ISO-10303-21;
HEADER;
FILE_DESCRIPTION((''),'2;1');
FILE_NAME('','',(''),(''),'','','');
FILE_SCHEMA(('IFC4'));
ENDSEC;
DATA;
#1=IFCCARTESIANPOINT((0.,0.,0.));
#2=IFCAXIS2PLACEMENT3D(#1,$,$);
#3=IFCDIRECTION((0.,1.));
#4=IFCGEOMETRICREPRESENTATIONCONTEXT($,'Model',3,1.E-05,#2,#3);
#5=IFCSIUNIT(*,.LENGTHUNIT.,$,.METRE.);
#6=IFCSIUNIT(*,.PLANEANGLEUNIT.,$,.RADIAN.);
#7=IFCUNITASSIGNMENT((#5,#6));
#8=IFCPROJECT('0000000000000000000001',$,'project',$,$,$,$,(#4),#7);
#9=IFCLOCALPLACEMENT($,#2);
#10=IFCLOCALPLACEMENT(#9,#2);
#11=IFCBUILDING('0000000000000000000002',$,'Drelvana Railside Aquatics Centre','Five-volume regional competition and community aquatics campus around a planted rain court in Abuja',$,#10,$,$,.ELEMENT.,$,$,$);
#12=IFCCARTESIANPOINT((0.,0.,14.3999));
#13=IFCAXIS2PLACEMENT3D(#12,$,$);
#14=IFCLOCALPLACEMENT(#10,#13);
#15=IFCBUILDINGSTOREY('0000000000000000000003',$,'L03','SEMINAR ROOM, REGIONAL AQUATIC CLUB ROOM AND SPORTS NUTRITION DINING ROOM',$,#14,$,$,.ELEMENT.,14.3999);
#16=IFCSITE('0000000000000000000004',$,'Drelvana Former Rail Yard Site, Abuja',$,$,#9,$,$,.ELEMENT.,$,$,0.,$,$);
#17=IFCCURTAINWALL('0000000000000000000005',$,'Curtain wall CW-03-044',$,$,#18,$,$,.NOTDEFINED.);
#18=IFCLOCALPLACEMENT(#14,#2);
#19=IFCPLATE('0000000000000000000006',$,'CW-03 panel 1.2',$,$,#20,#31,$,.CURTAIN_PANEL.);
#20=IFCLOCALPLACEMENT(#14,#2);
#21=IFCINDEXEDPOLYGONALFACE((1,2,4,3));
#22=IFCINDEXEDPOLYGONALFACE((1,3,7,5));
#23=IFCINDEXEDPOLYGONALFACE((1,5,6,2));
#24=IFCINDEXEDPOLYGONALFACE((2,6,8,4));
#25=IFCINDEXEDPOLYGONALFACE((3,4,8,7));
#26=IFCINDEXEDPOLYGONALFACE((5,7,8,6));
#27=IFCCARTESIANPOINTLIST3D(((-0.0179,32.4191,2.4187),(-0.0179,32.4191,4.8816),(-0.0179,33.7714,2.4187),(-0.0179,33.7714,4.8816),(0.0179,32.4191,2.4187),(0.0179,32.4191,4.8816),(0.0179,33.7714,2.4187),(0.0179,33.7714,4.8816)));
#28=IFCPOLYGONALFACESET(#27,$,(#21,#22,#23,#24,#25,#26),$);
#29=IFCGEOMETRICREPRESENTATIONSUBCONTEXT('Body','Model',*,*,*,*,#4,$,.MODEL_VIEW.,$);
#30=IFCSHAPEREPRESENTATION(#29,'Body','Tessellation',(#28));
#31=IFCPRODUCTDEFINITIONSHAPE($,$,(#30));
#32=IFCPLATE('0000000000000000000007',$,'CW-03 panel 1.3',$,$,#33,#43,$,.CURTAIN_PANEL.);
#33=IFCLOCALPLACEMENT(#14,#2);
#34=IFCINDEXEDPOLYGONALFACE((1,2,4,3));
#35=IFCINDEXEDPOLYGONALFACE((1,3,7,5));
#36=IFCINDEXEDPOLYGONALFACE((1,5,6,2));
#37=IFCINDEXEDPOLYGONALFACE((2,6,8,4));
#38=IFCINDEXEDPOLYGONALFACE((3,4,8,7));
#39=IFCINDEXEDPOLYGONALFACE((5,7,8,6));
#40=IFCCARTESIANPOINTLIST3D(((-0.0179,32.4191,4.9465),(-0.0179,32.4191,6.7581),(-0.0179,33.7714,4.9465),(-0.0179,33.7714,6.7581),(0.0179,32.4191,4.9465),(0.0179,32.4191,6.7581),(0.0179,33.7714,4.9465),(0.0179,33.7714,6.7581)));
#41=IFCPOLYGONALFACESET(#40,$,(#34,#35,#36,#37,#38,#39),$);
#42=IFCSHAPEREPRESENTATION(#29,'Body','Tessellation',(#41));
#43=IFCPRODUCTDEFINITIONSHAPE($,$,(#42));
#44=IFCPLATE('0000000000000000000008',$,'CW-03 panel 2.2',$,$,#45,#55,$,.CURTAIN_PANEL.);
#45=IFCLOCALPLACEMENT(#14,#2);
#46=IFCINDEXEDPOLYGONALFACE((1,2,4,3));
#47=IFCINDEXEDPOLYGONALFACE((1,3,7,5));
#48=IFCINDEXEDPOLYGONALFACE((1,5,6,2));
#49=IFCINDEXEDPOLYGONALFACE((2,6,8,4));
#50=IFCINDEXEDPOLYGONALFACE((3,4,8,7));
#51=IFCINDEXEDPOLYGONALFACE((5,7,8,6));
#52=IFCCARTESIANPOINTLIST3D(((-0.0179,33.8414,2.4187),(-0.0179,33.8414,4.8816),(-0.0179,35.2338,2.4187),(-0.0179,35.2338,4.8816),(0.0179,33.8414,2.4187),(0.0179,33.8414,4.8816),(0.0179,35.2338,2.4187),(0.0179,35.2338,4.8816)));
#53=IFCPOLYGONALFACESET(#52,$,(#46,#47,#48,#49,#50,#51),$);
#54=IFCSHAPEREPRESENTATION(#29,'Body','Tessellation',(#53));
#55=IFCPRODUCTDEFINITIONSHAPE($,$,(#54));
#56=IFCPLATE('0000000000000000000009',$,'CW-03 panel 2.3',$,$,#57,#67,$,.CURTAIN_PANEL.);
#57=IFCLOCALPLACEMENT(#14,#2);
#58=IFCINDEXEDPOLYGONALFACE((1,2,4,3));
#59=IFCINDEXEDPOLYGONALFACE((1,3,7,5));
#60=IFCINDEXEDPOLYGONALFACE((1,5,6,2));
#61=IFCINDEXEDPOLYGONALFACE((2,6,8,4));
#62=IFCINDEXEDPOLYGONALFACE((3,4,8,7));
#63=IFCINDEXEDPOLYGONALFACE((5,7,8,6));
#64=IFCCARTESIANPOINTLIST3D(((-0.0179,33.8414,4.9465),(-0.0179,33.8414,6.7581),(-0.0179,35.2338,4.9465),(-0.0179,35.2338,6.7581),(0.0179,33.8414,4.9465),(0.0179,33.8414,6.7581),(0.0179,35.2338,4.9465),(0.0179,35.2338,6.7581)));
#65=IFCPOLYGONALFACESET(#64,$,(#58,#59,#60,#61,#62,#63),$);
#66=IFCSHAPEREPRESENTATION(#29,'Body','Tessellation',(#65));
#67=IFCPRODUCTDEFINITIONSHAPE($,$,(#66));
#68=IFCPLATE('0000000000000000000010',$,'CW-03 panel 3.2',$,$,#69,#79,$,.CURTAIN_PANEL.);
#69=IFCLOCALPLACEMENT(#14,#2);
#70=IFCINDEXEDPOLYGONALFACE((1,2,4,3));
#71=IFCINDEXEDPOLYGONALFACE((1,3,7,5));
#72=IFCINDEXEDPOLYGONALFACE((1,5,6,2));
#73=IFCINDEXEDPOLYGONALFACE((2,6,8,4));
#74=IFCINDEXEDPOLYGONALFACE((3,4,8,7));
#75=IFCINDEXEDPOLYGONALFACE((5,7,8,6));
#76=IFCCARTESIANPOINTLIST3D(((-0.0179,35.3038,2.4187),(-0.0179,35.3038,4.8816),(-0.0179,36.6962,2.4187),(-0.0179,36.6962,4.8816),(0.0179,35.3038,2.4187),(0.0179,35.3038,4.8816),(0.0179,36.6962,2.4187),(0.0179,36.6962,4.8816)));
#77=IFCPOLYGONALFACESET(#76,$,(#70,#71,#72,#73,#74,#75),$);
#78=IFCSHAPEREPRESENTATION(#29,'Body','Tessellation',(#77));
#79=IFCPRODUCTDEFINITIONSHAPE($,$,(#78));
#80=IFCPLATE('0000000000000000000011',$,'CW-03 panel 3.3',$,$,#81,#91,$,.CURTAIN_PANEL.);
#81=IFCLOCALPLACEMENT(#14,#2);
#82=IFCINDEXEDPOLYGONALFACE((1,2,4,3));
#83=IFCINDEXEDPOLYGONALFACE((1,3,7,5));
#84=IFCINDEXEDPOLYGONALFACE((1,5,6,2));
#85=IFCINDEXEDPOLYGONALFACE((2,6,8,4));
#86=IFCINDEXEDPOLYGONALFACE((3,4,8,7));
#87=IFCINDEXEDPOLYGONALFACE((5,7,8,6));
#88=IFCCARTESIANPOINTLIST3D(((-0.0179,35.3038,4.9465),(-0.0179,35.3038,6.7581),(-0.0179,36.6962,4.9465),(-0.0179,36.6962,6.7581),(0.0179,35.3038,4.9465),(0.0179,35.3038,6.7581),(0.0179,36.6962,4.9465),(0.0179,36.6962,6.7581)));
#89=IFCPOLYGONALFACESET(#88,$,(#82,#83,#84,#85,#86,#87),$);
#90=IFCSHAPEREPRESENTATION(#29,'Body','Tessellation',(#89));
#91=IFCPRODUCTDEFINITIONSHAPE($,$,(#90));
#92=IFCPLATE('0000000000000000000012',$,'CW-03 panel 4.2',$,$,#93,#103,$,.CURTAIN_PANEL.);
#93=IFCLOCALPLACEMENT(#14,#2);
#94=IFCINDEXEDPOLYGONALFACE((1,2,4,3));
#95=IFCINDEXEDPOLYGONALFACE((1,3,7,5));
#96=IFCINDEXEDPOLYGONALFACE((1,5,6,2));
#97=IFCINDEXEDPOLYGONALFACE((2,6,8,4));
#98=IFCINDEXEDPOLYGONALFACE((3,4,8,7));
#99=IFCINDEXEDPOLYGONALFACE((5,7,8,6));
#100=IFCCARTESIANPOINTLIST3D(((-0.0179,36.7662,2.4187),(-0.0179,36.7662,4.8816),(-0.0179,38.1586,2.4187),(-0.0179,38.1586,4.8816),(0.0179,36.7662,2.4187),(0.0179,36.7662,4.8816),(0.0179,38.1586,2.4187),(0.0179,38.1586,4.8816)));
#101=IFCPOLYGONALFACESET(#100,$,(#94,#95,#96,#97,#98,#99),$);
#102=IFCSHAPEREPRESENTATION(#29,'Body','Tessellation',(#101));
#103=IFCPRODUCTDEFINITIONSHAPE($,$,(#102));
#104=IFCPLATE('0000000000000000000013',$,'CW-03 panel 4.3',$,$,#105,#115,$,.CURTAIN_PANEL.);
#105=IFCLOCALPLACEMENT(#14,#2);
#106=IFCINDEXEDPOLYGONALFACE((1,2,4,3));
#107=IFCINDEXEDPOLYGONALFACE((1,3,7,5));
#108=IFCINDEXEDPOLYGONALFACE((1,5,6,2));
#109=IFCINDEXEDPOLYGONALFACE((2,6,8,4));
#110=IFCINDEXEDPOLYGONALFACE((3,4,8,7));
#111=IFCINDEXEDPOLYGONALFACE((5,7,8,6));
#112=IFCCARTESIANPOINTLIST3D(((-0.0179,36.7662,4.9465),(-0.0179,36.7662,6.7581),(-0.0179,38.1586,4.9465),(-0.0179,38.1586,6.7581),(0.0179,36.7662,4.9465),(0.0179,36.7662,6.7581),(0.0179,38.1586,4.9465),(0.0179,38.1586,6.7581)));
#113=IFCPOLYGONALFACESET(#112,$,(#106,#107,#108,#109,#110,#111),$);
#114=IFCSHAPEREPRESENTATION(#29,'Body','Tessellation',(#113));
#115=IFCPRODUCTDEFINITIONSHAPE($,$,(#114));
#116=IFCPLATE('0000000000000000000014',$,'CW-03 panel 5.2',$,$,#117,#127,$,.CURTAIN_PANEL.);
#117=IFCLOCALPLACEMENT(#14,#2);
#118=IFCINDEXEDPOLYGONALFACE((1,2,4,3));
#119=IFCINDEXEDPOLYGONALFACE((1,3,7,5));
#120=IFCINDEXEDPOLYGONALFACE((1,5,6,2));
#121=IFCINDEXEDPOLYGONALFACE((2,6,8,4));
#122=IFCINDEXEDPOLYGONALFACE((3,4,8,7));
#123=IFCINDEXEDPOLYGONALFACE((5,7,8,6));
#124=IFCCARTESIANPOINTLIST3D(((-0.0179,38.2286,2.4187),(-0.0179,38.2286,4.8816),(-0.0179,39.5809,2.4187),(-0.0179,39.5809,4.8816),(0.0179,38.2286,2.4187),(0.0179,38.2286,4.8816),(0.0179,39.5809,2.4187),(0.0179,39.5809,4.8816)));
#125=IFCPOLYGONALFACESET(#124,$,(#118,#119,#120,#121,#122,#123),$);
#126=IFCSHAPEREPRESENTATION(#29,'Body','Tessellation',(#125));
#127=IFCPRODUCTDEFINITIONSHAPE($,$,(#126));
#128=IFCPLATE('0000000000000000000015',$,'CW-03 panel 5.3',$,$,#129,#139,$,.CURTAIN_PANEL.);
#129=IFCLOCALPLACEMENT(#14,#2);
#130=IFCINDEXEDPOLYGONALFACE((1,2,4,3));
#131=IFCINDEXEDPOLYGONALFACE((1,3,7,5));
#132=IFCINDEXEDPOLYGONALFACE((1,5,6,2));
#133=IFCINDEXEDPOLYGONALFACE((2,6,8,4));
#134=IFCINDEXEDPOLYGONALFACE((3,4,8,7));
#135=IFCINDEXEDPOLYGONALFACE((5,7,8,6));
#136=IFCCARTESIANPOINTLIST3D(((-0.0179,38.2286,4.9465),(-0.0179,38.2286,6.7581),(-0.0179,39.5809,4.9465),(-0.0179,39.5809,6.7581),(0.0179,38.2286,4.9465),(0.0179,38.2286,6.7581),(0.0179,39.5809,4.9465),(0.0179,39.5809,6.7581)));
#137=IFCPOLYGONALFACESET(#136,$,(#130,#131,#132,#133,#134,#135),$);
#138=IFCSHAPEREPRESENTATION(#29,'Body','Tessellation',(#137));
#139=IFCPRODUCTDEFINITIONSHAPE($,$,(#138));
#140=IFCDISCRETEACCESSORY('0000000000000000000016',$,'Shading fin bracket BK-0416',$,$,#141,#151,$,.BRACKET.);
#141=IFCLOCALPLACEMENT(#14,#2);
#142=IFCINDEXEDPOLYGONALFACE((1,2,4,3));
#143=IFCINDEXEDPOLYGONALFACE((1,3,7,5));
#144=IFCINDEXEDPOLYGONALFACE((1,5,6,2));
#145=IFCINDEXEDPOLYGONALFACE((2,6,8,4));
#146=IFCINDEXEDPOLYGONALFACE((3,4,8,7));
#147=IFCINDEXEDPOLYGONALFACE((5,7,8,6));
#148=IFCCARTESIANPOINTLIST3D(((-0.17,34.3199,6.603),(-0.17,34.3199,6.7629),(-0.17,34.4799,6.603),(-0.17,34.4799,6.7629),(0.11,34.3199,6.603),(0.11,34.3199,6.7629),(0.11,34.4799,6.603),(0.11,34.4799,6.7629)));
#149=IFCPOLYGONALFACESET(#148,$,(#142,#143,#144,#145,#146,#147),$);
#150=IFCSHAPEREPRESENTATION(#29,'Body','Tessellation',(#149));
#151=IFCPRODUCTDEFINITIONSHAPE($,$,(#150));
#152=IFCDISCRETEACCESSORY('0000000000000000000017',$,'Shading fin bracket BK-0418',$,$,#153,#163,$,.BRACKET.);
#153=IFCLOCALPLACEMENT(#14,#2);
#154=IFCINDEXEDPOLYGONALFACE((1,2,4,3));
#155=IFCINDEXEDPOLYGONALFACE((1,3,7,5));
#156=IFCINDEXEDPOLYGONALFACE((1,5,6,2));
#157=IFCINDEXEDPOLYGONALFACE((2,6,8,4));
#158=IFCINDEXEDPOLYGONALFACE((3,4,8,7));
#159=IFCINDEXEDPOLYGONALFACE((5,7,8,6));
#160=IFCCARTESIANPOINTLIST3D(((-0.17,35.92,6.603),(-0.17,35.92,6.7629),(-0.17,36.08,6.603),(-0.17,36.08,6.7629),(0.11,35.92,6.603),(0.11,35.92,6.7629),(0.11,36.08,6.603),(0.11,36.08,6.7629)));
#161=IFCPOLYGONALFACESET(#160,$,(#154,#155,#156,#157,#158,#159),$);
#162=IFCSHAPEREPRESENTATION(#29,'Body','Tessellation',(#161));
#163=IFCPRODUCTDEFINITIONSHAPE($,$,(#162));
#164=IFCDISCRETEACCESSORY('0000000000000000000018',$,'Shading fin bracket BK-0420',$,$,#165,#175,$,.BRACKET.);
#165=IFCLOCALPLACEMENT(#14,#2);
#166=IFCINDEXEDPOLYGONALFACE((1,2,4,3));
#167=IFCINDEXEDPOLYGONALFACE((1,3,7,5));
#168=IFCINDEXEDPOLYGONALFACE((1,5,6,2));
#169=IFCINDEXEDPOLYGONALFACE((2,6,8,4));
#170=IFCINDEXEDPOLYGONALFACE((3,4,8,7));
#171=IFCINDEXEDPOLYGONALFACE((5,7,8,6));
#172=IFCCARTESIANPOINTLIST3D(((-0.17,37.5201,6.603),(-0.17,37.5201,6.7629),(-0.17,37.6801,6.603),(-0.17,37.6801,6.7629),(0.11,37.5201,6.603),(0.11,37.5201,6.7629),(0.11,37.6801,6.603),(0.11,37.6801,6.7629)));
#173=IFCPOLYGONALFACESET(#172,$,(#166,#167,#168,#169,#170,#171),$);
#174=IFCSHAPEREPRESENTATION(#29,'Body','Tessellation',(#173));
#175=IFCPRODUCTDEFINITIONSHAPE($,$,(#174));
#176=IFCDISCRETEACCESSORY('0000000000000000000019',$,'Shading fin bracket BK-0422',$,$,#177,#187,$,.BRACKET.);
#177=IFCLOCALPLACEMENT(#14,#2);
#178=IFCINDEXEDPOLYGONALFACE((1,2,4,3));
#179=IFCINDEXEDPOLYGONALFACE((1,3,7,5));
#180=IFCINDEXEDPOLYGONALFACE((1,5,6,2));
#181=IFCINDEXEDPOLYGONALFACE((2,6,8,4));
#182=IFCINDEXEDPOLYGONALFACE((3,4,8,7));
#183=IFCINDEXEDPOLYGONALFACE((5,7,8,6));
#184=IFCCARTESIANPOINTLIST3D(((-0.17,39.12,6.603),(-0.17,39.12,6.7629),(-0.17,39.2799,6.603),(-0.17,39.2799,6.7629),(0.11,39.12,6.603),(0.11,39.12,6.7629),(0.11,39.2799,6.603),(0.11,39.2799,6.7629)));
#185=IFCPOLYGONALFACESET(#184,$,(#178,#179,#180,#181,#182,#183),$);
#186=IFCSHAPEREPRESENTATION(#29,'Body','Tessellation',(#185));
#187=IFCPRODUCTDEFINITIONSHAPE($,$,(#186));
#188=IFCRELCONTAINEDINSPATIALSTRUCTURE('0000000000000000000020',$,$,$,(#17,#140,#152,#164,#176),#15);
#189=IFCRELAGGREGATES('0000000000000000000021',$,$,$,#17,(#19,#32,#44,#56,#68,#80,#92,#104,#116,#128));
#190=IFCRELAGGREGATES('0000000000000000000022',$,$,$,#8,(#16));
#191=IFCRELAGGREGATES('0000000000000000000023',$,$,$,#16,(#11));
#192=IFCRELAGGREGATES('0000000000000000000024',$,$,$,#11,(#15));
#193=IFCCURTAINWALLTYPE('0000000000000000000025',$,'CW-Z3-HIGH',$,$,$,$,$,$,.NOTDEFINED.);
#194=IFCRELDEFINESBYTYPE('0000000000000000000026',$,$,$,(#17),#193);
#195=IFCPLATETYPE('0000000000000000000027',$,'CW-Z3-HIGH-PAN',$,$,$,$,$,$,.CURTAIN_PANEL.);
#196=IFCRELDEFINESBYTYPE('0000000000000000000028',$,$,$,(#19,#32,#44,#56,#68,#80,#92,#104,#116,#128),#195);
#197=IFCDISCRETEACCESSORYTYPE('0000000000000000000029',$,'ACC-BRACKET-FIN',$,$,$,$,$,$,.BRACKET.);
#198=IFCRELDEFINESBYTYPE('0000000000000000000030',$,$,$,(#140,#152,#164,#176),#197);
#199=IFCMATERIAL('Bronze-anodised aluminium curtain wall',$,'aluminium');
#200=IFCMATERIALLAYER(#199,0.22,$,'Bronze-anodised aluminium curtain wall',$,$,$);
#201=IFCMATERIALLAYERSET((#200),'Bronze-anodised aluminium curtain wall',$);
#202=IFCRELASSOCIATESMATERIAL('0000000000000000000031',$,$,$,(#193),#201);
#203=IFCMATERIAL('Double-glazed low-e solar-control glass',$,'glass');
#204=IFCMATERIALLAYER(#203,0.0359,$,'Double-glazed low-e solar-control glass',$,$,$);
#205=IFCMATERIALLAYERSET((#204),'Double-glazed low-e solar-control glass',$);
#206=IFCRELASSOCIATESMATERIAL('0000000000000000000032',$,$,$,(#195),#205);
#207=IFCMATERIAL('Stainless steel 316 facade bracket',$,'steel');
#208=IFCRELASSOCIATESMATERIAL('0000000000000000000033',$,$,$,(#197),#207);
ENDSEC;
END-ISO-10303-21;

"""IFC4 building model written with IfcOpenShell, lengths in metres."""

from ifc_helpers import new_model, si_unit, direction, frame, origin, origin_2d, place, context, subcontext, project, spatial, rectangle, extrude, material, layer, layer_set, type_object, element, aggregate, save


model = new_model("IFC4")

# Units and contexts
model_context = context("Model", 3, precision=1e-05, world=origin(), true_north=direction((0.0, 1.0)))
body_context = subcontext(model_context, "Body", "Model", "MODEL_VIEW")
ifc_project = project(units=[si_unit("LENGTHUNIT", "METRE"), si_unit("PLANEANGLEUNIT", "RADIAN")], contexts=[model_context])

# Site, building, storey
site_placement = place(None, origin())
site = spatial("IfcSite", under=ifc_project, at=site_placement, Name="Drelvana Former Rail Yard Site, Abuja", CompositionType="ELEMENT", RefElevation=0.0)
building_placement = place(site_placement, origin())
building = spatial("IfcBuilding", under=site, at=building_placement, Name="Drelvana Railside Aquatics Centre", Description="Five-volume regional competition and community aquatics campus around a planted rain court in Abuja", CompositionType="ELEMENT")
storey_placement = place(building_placement, frame((0.0, 0.0, 14.3999)))
storey = spatial("IfcBuildingStorey", under=building, at=storey_placement, Name="L03", Description="SEMINAR ROOM, REGIONAL AQUATIC CLUB ROOM AND SPORTS NUTRITION DINING ROOM", CompositionType="ELEMENT", Elevation=14.3999)

# Curtain wall
ifc_material_1 = material(Name="Bronze-anodised aluminium curtain wall", Category="aluminium")
ifc_layer_1 = layer(ifc_material_1, 0.22, Name="Bronze-anodised aluminium curtain wall")
ifc_layer_set_1 = layer_set([ifc_layer_1], Name="Bronze-anodised aluminium curtain wall")
curtain_wall_type = type_object("IfcCurtainWallType", Name="CW-Z3-HIGH", PredefinedType="NOTDEFINED", material=ifc_layer_set_1)
curtain_wall_1_placement = place(storey_placement, origin())
curtain_wall_1 = element("IfcCurtainWall", 1, at=curtain_wall_1_placement, inside=storey, type_object=curtain_wall_type, Name="Curtain wall CW-03-044", PredefinedType="NOTDEFINED")

# Plates
ifc_material_2 = material(Name="Double-glazed low-e solar-control glass", Category="glass")
ifc_layer_2 = layer(ifc_material_2, 0.0359, Name="Double-glazed low-e solar-control glass")
ifc_layer_set_2 = layer_set([ifc_layer_2], Name="Double-glazed low-e solar-control glass")
plate_type = type_object("IfcPlateType", Name="CW-Z3-HIGH-PAN", PredefinedType="CURTAIN_PANEL", material=ifc_layer_set_2)
plate_1_placement = place(storey_placement, frame((0.0, 33.0952, 2.4187), z_axis=(0.0, 0.0, 1.0), x_axis=(0.0, 1.0, 0.0)))
plate_1 = element("IfcPlate", 2, at=plate_1_placement, type_object=plate_type, Name="CW-03 panel 1.2", PredefinedType="CURTAIN_PANEL", context=body_context, shape_type="SweptSolid", body=[
    extrude(rectangle(XDim=1.3523, YDim=0.0359, at=origin_2d()), origin(), (0.0, 0.0, 1.0), 2.4629),
])
plate_2_placement = place(storey_placement, frame((0.0, 33.0952, 4.9465), z_axis=(0.0, 0.0, 1.0), x_axis=(0.0, 1.0, 0.0)))
plate_2 = element("IfcPlate", 3, at=plate_2_placement, type_object=plate_type, Name="CW-03 panel 1.3", PredefinedType="CURTAIN_PANEL", context=body_context, shape_type="SweptSolid", body=[
    extrude(rectangle(XDim=1.3523, YDim=0.0359, at=origin_2d()), origin(), (0.0, 0.0, 1.0), 1.8115),
])
plate_3_placement = place(storey_placement, frame((0.0, 34.5376, 2.4187), z_axis=(0.0, 0.0, 1.0), x_axis=(0.0, 1.0, 0.0)))
plate_3 = element("IfcPlate", 4, at=plate_3_placement, type_object=plate_type, Name="CW-03 panel 2.2", PredefinedType="CURTAIN_PANEL", context=body_context, shape_type="SweptSolid", body=[
    extrude(rectangle(XDim=1.3923, YDim=0.0359, at=origin_2d()), origin(), (0.0, 0.0, 1.0), 2.4629),
])
plate_4_placement = place(storey_placement, frame((0.0, 34.5376, 4.9465), z_axis=(0.0, 0.0, 1.0), x_axis=(0.0, 1.0, 0.0)))
plate_4 = element("IfcPlate", 5, at=plate_4_placement, type_object=plate_type, Name="CW-03 panel 2.3", PredefinedType="CURTAIN_PANEL", context=body_context, shape_type="SweptSolid", body=[
    extrude(rectangle(XDim=1.3923, YDim=0.0359, at=origin_2d()), origin(), (0.0, 0.0, 1.0), 1.8115),
])
plate_5_placement = place(storey_placement, frame((0.0, 36.0, 2.4187), z_axis=(0.0, 0.0, 1.0), x_axis=(0.0, 1.0, 0.0)))
plate_5 = element("IfcPlate", 6, at=plate_5_placement, type_object=plate_type, Name="CW-03 panel 3.2", PredefinedType="CURTAIN_PANEL", context=body_context, shape_type="SweptSolid", body=[
    extrude(rectangle(XDim=1.3923, YDim=0.0359, at=origin_2d()), origin(), (0.0, 0.0, 1.0), 2.4629),
])
plate_6_placement = place(storey_placement, frame((0.0, 36.0, 4.9465), z_axis=(0.0, 0.0, 1.0), x_axis=(0.0, 1.0, 0.0)))
plate_6 = element("IfcPlate", 7, at=plate_6_placement, type_object=plate_type, Name="CW-03 panel 3.3", PredefinedType="CURTAIN_PANEL", context=body_context, shape_type="SweptSolid", body=[
    extrude(rectangle(XDim=1.3923, YDim=0.0359, at=origin_2d()), origin(), (0.0, 0.0, 1.0), 1.8115),
])
plate_7_placement = place(storey_placement, frame((0.0, 37.4624, 2.4187), z_axis=(0.0, 0.0, 1.0), x_axis=(0.0, 1.0, 0.0)))
plate_7 = element("IfcPlate", 8, at=plate_7_placement, type_object=plate_type, Name="CW-03 panel 4.2", PredefinedType="CURTAIN_PANEL", context=body_context, shape_type="SweptSolid", body=[
    extrude(rectangle(XDim=1.3923, YDim=0.0359, at=origin_2d()), origin(), (0.0, 0.0, 1.0), 2.4629),
])
plate_8_placement = place(storey_placement, frame((0.0, 37.4624, 4.9465), z_axis=(0.0, 0.0, 1.0), x_axis=(0.0, 1.0, 0.0)))
plate_8 = element("IfcPlate", 9, at=plate_8_placement, type_object=plate_type, Name="CW-03 panel 4.3", PredefinedType="CURTAIN_PANEL", context=body_context, shape_type="SweptSolid", body=[
    extrude(rectangle(XDim=1.3923, YDim=0.0359, at=origin_2d()), origin(), (0.0, 0.0, 1.0), 1.8115),
])
plate_9_placement = place(storey_placement, frame((0.0, 38.9048, 2.4187), z_axis=(0.0, 0.0, 1.0), x_axis=(0.0, 1.0, 0.0)))
plate_9 = element("IfcPlate", 10, at=plate_9_placement, type_object=plate_type, Name="CW-03 panel 5.2", PredefinedType="CURTAIN_PANEL", context=body_context, shape_type="SweptSolid", body=[
    extrude(rectangle(XDim=1.3523, YDim=0.0359, at=origin_2d()), origin(), (0.0, 0.0, 1.0), 2.4629),
])
plate_10_placement = place(storey_placement, frame((0.0, 38.9048, 4.9465), z_axis=(0.0, 0.0, 1.0), x_axis=(0.0, 1.0, 0.0)))
plate_10 = element("IfcPlate", 11, at=plate_10_placement, type_object=plate_type, Name="CW-03 panel 5.3", PredefinedType="CURTAIN_PANEL", context=body_context, shape_type="SweptSolid", body=[
    extrude(rectangle(XDim=1.3523, YDim=0.0359, at=origin_2d()), origin(), (0.0, 0.0, 1.0), 1.8115),
])
aggregate(curtain_wall_1, [plate_1, plate_2, plate_3, plate_4, plate_5, plate_6, plate_7, plate_8, plate_9, plate_10])

# Discrete accessories
ifc_material_3 = material(Name="Stainless steel 316 facade bracket", Category="steel")
discrete_accessory_type = type_object("IfcDiscreteAccessoryType", Name="ACC-BRACKET-FIN", PredefinedType="BRACKET", material=ifc_material_3)
for number, where, z_axis, x_axis, name in (
    (12, (-0.03, 34.3999, 6.603), (0.0, 0.0, 1.0), (-1.0, 0.0, 0.0), "Shading fin bracket BK-0416"),
    (13, (-0.03, 36.0, 6.603), (0.0, 0.0, 1.0), (-1.0, 0.0, 0.0), "Shading fin bracket BK-0418"),
    (14, (-0.03, 37.6001, 6.603), (0.0, 0.0, 1.0), (-1.0, 0.0, 0.0), "Shading fin bracket BK-0420"),
    (15, (-0.03, 39.2, 6.603), (0.0, 0.0, 1.0), (-1.0, 0.0, 0.0), "Shading fin bracket BK-0422"),
):
    element("IfcDiscreteAccessory", number, at=place(storey_placement, frame(where, z_axis=z_axis, x_axis=x_axis)), inside=storey, type_object=discrete_accessory_type, Name=name, PredefinedType="BRACKET", context=body_context, shape_type="SweptSolid", body=[
        extrude(rectangle(XDim=0.28, YDim=0.1599, at=origin_2d()), origin(), (0.0, 0.0, 1.0), 0.1599),
    ])

save(model, "model.ifc")
